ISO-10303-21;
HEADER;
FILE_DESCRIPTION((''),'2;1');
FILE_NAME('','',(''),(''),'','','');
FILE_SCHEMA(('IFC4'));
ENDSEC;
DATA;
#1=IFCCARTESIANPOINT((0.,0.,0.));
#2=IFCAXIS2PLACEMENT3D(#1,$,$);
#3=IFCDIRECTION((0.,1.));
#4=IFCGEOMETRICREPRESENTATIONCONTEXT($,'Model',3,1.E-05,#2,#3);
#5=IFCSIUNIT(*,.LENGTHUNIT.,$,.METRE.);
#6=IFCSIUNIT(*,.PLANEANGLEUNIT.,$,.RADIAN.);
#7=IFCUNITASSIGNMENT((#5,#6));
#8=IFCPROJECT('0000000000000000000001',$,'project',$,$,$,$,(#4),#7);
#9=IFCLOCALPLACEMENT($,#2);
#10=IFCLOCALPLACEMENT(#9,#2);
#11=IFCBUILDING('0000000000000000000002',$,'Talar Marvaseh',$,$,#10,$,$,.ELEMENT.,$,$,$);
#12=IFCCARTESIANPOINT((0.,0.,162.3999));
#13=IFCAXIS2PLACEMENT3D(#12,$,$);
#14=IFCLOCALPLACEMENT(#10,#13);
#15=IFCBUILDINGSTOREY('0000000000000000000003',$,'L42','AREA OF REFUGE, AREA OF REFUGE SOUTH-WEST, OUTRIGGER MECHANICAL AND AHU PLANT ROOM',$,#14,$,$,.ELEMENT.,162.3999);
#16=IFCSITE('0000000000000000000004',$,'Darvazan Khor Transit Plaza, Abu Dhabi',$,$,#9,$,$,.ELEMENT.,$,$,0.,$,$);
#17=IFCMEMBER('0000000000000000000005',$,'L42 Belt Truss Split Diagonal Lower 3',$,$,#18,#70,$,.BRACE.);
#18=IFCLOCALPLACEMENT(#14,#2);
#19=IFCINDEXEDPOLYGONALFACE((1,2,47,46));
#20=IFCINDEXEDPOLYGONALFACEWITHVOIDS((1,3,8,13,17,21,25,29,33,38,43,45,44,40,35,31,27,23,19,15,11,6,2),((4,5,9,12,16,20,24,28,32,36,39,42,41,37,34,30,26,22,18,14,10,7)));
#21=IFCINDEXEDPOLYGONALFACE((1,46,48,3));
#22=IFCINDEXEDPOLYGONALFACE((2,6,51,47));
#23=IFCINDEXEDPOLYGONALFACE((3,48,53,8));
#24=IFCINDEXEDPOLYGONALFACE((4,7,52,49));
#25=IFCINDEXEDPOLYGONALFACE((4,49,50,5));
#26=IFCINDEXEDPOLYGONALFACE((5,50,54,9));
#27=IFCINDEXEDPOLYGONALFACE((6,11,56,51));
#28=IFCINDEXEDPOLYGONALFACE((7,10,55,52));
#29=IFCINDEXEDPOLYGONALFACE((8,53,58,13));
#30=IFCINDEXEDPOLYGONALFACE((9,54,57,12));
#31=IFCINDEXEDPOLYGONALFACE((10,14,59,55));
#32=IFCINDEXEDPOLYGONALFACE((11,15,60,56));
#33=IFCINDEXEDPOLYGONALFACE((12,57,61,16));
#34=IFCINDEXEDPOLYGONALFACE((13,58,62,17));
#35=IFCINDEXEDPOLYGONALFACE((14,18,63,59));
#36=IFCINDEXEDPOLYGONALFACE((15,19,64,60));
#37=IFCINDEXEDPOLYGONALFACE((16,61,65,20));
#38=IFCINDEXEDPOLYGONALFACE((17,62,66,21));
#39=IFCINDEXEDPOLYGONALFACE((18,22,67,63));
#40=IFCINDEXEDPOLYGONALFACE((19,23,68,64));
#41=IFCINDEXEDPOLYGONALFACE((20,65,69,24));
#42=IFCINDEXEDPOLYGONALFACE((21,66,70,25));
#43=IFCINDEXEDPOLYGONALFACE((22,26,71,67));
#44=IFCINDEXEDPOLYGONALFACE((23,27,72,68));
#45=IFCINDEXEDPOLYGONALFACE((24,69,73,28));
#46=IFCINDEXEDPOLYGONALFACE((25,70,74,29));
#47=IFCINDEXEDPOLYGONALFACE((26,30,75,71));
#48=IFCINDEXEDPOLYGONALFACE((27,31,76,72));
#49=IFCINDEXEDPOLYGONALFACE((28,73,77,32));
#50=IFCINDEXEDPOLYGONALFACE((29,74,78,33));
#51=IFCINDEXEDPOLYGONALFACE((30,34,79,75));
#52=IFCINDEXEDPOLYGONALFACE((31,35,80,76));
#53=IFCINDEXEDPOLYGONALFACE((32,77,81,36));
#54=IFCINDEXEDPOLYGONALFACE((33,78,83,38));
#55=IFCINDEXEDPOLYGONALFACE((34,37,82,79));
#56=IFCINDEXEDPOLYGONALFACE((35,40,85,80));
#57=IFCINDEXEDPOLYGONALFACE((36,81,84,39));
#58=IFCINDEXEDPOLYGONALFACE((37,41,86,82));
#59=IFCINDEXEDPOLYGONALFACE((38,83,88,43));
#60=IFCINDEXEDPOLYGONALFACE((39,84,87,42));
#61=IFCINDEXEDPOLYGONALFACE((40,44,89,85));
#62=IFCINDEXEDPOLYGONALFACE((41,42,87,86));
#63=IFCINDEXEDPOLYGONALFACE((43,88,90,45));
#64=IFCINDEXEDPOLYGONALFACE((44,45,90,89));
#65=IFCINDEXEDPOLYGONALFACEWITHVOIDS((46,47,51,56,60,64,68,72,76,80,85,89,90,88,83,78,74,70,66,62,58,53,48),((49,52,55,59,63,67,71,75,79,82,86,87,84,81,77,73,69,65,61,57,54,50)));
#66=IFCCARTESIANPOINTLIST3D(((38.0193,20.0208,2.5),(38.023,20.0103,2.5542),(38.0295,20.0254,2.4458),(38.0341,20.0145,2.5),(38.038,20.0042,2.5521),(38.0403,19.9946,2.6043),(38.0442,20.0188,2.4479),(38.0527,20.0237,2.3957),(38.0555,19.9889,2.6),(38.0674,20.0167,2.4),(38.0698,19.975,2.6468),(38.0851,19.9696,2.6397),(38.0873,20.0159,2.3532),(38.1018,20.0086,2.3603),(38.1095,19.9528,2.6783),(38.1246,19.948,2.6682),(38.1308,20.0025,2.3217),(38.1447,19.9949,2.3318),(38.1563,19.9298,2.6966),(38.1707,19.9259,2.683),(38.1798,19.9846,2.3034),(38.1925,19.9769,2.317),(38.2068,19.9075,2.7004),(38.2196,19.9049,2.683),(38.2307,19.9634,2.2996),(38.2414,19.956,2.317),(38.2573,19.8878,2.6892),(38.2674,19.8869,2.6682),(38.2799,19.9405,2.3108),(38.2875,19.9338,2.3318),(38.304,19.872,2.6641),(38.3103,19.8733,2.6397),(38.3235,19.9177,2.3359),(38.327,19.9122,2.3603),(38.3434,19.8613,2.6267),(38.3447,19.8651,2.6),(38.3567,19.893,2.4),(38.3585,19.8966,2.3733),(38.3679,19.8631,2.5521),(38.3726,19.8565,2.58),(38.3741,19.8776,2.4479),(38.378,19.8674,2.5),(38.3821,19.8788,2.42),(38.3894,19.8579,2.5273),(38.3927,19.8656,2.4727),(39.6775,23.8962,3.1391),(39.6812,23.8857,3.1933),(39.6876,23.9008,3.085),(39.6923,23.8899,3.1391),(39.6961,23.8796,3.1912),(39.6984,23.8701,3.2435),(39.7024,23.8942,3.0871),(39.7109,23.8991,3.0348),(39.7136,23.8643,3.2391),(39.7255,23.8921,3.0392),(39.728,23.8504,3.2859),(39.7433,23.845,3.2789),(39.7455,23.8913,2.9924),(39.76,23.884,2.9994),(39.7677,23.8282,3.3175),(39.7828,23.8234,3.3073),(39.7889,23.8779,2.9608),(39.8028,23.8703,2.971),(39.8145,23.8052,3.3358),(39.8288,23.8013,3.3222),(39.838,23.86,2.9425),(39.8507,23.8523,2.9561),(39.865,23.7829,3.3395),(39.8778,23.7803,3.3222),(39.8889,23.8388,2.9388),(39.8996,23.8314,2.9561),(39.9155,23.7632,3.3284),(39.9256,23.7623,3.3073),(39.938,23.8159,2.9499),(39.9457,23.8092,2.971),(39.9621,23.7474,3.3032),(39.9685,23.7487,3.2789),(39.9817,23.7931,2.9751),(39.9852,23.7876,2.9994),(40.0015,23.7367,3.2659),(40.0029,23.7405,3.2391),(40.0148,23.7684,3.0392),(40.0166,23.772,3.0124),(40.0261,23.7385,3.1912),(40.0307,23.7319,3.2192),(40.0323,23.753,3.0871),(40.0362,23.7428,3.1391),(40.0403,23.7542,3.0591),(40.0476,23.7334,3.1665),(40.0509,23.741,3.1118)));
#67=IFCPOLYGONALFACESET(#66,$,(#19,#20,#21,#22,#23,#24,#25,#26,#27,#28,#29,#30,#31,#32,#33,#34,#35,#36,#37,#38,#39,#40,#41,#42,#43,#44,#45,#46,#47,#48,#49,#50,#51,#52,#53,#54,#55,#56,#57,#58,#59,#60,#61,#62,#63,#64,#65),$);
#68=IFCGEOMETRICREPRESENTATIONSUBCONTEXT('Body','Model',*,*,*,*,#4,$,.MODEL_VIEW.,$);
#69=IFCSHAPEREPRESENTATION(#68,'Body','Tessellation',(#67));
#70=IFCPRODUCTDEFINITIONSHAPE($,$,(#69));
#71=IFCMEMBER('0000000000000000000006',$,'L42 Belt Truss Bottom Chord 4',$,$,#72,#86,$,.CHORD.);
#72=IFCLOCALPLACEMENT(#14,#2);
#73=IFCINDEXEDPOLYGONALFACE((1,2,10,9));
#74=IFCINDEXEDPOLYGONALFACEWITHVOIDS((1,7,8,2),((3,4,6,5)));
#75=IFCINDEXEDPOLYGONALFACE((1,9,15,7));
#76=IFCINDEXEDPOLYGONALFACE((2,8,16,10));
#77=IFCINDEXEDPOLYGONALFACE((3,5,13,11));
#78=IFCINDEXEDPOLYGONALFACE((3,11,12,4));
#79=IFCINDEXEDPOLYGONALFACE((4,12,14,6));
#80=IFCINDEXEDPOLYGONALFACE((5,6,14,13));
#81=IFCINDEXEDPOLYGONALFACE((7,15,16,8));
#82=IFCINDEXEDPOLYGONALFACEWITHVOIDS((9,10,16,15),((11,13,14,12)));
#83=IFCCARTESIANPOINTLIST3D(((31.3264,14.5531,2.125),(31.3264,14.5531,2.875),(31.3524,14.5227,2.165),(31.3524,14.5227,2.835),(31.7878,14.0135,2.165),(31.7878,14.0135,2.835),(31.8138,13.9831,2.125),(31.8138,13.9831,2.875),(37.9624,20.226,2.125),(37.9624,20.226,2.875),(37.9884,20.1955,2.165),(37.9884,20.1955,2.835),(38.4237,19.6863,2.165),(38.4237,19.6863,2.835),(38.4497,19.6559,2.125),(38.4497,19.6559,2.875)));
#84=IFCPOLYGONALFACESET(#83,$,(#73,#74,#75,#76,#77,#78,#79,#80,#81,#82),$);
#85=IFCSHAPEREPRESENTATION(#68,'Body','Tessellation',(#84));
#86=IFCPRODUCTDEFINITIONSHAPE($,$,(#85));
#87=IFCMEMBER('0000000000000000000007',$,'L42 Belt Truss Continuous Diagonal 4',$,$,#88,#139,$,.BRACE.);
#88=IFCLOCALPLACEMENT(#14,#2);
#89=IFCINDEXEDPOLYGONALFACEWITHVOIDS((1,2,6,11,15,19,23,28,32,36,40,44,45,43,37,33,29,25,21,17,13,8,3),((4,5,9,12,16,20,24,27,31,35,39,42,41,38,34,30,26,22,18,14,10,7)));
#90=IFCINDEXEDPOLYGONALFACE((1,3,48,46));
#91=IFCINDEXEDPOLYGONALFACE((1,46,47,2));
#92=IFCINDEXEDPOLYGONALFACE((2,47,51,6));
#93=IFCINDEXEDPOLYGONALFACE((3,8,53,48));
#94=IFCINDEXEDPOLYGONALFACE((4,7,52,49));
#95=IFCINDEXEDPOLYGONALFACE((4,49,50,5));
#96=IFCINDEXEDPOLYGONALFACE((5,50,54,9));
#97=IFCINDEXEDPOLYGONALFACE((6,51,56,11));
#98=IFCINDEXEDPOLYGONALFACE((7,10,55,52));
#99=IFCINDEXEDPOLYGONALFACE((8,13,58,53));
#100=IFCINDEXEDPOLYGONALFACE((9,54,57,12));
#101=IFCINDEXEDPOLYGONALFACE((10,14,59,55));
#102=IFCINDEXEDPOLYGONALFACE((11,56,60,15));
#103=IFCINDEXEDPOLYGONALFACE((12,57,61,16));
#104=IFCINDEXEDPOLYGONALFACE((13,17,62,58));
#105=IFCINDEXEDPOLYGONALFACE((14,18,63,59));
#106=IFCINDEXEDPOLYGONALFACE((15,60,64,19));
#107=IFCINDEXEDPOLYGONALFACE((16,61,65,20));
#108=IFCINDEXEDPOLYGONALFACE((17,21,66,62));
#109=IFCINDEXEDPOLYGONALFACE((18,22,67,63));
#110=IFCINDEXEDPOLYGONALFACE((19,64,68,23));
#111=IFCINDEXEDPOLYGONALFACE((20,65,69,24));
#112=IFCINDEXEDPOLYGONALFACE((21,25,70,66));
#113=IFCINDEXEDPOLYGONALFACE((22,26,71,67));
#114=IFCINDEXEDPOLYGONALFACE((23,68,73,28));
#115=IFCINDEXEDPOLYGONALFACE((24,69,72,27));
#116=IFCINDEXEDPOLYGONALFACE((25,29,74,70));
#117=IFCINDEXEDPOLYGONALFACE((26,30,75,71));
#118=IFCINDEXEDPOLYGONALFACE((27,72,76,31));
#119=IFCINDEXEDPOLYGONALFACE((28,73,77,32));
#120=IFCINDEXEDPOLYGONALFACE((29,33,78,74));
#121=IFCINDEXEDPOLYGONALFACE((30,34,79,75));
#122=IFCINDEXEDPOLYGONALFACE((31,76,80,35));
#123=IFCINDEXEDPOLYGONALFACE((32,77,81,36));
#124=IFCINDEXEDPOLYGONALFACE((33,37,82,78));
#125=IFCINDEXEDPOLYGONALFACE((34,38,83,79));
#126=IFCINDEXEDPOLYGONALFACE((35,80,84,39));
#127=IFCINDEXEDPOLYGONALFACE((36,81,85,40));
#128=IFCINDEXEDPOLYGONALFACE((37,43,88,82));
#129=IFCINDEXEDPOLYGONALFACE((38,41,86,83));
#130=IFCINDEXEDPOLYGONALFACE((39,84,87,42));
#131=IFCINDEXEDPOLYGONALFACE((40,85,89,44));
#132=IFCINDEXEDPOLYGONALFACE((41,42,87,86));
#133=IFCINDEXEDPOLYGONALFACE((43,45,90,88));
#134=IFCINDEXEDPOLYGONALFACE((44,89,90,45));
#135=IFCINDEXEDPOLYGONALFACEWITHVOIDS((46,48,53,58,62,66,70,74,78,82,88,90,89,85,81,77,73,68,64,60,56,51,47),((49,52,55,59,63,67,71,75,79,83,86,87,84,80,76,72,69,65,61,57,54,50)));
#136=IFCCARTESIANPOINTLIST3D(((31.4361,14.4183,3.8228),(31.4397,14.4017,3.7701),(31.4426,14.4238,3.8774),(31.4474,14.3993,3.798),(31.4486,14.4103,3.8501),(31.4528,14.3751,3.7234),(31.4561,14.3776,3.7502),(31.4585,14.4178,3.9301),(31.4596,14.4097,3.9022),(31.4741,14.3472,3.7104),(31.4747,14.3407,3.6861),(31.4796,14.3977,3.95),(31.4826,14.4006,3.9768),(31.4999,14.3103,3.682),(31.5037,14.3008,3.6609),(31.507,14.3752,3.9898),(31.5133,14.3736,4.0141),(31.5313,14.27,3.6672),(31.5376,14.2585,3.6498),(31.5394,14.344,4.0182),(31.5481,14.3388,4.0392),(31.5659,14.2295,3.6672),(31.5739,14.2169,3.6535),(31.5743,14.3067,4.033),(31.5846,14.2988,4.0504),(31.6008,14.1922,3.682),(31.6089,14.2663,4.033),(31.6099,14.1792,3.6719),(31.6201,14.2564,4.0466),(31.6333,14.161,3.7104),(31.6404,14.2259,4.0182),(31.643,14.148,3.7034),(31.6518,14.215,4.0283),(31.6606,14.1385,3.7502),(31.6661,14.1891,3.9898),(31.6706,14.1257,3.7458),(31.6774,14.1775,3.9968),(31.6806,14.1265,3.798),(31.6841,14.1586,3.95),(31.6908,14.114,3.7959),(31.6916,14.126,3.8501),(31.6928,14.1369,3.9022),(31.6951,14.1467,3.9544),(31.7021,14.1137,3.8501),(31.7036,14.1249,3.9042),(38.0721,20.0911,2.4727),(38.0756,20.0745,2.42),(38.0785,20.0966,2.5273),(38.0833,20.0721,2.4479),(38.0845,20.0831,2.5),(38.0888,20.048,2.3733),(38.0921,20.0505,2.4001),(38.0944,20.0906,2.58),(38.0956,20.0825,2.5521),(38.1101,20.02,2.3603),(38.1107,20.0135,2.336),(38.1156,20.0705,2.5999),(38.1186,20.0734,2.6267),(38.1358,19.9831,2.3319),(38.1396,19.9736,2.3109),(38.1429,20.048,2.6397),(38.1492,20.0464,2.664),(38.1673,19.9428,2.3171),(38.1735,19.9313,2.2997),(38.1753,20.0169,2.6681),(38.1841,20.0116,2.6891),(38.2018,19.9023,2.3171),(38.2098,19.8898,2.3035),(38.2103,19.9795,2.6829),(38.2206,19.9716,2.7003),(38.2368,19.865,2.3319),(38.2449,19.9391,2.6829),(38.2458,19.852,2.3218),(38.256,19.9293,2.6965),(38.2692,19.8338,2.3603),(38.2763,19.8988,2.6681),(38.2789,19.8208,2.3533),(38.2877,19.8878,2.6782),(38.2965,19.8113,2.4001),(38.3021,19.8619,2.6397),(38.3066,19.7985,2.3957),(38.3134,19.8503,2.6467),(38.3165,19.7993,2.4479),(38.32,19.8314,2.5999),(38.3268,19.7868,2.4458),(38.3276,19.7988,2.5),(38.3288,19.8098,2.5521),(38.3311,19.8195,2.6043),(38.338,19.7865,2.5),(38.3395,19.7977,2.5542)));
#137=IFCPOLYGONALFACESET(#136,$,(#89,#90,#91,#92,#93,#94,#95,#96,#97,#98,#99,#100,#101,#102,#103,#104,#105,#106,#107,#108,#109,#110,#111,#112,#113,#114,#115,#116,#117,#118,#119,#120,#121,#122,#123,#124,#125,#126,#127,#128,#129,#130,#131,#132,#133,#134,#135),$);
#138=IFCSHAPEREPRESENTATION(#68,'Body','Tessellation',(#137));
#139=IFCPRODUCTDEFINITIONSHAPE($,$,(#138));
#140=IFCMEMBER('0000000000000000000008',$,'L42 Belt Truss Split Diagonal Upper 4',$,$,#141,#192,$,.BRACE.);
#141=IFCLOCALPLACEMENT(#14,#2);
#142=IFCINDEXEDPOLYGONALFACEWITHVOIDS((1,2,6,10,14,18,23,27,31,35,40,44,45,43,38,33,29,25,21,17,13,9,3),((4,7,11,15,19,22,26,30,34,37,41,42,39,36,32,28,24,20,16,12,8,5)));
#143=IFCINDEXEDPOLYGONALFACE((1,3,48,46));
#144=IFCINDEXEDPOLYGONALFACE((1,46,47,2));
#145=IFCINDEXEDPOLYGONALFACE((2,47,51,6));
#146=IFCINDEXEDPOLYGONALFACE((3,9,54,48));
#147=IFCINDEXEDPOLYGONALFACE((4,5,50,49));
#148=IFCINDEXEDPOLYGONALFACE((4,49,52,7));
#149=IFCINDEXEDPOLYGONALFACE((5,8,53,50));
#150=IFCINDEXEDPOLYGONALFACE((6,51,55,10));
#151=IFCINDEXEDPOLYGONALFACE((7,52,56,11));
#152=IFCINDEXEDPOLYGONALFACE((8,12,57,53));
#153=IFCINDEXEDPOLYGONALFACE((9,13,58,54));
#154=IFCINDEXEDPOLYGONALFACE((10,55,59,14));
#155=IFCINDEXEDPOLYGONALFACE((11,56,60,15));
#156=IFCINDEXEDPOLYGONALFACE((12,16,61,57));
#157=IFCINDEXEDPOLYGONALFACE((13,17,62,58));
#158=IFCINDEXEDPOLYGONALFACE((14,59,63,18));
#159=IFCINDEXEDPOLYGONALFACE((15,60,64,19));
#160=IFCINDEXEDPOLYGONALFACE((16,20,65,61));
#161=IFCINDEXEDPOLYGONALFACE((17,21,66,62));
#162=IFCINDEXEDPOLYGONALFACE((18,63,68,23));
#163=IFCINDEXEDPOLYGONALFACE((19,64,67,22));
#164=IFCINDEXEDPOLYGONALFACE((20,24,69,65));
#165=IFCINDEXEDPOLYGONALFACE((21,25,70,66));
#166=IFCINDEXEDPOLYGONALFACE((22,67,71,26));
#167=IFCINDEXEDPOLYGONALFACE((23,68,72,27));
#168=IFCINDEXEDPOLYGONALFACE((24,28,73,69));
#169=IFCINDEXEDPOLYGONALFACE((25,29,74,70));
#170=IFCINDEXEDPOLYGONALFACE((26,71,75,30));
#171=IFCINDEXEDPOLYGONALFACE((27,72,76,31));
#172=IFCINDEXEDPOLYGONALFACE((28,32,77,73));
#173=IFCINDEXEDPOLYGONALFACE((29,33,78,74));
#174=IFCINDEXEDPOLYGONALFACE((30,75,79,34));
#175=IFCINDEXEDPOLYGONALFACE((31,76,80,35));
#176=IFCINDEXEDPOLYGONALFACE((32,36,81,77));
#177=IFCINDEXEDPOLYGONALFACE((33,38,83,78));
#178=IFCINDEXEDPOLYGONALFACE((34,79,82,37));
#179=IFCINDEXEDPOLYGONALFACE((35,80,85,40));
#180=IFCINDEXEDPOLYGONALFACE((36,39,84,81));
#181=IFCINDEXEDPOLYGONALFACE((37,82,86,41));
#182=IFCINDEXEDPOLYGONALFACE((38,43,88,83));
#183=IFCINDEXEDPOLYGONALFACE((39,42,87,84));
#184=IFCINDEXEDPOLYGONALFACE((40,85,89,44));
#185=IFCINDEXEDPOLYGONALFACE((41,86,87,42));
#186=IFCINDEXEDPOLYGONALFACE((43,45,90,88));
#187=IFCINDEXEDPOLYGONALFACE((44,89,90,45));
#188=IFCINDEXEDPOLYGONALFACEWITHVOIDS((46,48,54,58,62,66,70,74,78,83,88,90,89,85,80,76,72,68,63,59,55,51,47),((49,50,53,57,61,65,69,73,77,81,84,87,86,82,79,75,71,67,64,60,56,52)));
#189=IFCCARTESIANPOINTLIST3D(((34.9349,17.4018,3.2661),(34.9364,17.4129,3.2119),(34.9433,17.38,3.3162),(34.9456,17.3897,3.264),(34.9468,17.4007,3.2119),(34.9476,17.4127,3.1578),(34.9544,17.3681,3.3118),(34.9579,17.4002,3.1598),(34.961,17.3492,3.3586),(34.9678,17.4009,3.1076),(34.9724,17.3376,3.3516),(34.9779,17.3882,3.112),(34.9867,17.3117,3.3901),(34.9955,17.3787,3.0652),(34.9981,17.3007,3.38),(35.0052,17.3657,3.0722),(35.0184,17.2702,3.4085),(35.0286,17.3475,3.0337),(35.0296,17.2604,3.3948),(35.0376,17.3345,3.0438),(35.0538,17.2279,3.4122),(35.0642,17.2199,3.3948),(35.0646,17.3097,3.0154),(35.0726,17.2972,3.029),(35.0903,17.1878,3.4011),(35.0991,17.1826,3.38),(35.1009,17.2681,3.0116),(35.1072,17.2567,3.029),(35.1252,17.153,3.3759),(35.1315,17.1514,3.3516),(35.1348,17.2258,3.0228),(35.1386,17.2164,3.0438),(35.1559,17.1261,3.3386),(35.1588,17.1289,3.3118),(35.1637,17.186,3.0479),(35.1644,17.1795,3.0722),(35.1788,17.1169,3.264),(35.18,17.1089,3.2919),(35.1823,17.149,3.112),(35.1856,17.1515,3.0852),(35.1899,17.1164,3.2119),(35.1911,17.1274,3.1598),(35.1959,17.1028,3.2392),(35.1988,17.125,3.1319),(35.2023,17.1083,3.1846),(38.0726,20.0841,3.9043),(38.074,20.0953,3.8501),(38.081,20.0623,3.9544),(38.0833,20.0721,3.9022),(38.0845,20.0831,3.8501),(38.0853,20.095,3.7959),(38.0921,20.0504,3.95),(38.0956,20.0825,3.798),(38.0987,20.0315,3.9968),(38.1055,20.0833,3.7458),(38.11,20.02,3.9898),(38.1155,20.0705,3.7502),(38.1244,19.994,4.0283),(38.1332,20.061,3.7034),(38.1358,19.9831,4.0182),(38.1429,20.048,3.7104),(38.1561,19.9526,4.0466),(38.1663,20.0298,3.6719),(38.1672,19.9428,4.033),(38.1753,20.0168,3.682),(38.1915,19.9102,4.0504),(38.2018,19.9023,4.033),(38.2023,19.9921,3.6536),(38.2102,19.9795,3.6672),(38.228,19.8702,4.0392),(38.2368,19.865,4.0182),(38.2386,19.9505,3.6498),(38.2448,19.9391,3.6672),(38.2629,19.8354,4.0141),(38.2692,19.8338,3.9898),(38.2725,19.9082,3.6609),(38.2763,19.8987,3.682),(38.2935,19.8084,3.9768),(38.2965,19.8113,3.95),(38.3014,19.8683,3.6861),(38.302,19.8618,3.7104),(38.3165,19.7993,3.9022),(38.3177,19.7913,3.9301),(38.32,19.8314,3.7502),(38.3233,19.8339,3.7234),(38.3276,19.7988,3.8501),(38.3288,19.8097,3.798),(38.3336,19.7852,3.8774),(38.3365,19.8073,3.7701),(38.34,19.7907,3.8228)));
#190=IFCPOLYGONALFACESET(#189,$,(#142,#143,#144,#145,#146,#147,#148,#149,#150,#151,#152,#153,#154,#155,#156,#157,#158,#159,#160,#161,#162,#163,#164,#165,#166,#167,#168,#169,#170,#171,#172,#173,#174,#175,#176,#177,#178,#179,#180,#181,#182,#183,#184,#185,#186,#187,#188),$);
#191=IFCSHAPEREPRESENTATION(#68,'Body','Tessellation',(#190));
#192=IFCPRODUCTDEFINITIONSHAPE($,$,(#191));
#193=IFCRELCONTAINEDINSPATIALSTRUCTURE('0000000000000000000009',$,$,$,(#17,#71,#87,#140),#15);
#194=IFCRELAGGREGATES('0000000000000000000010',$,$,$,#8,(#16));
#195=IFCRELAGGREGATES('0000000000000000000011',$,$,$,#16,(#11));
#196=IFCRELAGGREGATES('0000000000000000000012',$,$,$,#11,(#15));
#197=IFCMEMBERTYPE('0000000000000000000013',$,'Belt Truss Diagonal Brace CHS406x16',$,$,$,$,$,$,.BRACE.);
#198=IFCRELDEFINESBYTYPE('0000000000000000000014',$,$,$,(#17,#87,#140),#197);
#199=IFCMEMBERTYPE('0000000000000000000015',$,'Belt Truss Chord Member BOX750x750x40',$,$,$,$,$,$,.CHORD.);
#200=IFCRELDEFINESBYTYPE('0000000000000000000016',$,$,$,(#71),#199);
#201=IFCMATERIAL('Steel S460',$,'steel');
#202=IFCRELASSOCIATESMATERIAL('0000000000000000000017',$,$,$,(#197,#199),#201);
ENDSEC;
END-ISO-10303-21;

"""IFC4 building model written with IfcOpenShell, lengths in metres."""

from ifc_helpers import new_model, si_unit, direction, frame, origin, origin_2d, place, context, subcontext, project, spatial, hollow_rectangle, hollow_circle, extrude, source, transform, mapped, material, material_profile, profile_set, type_object, type_shapes, element, save


model = new_model("IFC4")

# Units and contexts
model_context = context("Model", 3, precision=1e-05, world=origin(), true_north=direction((0.0, 1.0)))
body_context = subcontext(model_context, "Body", "Model", "MODEL_VIEW")
ifc_project = project(units=[si_unit("LENGTHUNIT", "METRE"), si_unit("PLANEANGLEUNIT", "RADIAN")], contexts=[model_context])

# Site, building, storey
site_placement = place(None, origin())
site = spatial("IfcSite", under=ifc_project, at=site_placement, Name="Darvazan Khor Transit Plaza, Abu Dhabi", CompositionType="ELEMENT", RefElevation=0.0)
building_placement = place(site_placement, origin())
building = spatial("IfcBuilding", under=site, at=building_placement, Name="Talar Marvaseh", CompositionType="ELEMENT")
storey_placement = place(building_placement, frame((0.0, 0.0, 162.3999)))
storey = spatial("IfcBuildingStorey", under=building, at=storey_placement, Name="L42", Description="AREA OF REFUGE, AREA OF REFUGE SOUTH-WEST, OUTRIGGER MECHANICAL AND AHU PLANT ROOM", CompositionType="ELEMENT", Elevation=162.3999)

# Shared definitions
ifc_material_1 = material(Name="Steel S460", Category="steel")

# Members
ifc_material_profile_1 = material_profile(ifc_material_1, hollow_circle(Radius=0.2031, WallThickness=0.0161, at=origin_2d()), Name="CHS406x16")
ifc_profile_set_1 = profile_set([ifc_material_profile_1], Name="Steel S460")
member_type_1 = type_object("IfcMemberType", Name="Belt Truss Diagonal Brace CHS406x16", PredefinedType="BRACE", material=ifc_profile_set_1)
shared_shape_1 = source(origin(), body_context, "Body", "SweptSolid", [
    extrude(hollow_circle(Radius=0.2031, WallThickness=0.0161, at=origin_2d()), origin(), (0.0, 0.0, 1.0), 4.2634),
])
member_1_placement = place(storey_placement, frame((38.2061, 19.9409, 2.5), z_axis=(0.388929, 0.908989, 0.149914), x_axis=(-0.919379, 0.393374, 0.0)))
element("IfcMember", 1, at=member_1_placement, inside=storey, type_object=member_type_1, Name="L42 Belt Truss Split Diagonal Lower 3", PredefinedType="BRACE", context=body_context, shape_type="MappedRepresentation", body=[
    mapped(shared_shape_1, transform((0.0, 0.0, 0.0), x_axis=(1.0, 0.0, 0.0), y_axis=(0.0, 1.0, 0.0), z_axis=(0.0, 0.0, 1.0), scale=1.0)),
])
ifc_material_profile_2 = material_profile(ifc_material_1, hollow_rectangle(XDim=0.75, YDim=0.75, WallThickness=0.04, at=origin_2d()), Name="BOX750x750x40")
ifc_profile_set_2 = profile_set([ifc_material_profile_2], Name="Steel S460")
member_type_2 = type_object("IfcMemberType", Name="Belt Truss Chord Member BOX750x750x40", PredefinedType="CHORD", material=ifc_profile_set_2)
shared_shape_2 = source(origin(), body_context, "Body", "SweptSolid", [
    extrude(hollow_rectangle(XDim=0.75, YDim=0.75, WallThickness=0.04, at=origin_2d()), origin(), (0.0, 0.0, 1.0), 8.7302),
])
type_shapes(member_type_2, [shared_shape_2])
member_2_placement = place(storey_placement, frame((38.2061, 19.9409, 2.5), z_axis=(-0.760113, -0.649791, 0.0), x_axis=(0.649791, -0.760113, 0.0)))
element("IfcMember", 2, at=member_2_placement, inside=storey, type_object=member_type_2, Name="L42 Belt Truss Bottom Chord 4", PredefinedType="CHORD", context=body_context, shape_type="MappedRepresentation", body=[
    mapped(shared_shape_2, transform((0.0, 0.0, 0.0), x_axis=(1.0, 0.0, 0.0), y_axis=(0.0, 1.0, 0.0), z_axis=(0.0, 0.0, 1.0), scale=1.0)),
])
shared_shape_3 = source(origin(), body_context, "Body", "SweptSolid", [
    extrude(hollow_circle(Radius=0.2031, WallThickness=0.0161, at=origin_2d()), origin(), (0.0, 0.0, 1.0), 8.834),
])
member_3_placement = place(storey_placement, frame((38.2061, 19.9409, 2.5), z_axis=(-0.751183, -0.642158, 0.152829), x_axis=(0.649791, -0.760113, 0.0)))
element("IfcMember", 3, at=member_3_placement, inside=storey, type_object=member_type_1, Name="L42 Belt Truss Continuous Diagonal 4", PredefinedType="BRACE", context=body_context, shape_type="MappedRepresentation", body=[
    mapped(shared_shape_3, transform((0.0, 0.0, 0.0), x_axis=(1.0, 0.0, 0.0), y_axis=(0.0, 1.0, 0.0), z_axis=(0.0, 0.0, 1.0), scale=1.0)),
])
shared_shape_4 = source(origin(), body_context, "Body", "SweptSolid", [
    extrude(hollow_circle(Radius=0.2031, WallThickness=0.0161, at=origin_2d()), origin(), (0.0, 0.0, 1.0), 4.177),
])
type_shapes(member_type_1, [shared_shape_1, shared_shape_3, shared_shape_4])
member_4_placement = place(storey_placement, frame((35.0684, 17.2585, 3.2119), z_axis=(0.751179, 0.642173, 0.152784), x_axis=(-0.649802, 0.760103, 0.0)))
element("IfcMember", 4, at=member_4_placement, inside=storey, type_object=member_type_1, Name="L42 Belt Truss Split Diagonal Upper 4", PredefinedType="BRACE", context=body_context, shape_type="MappedRepresentation", body=[
    mapped(shared_shape_4, transform((0.0, 0.0, 0.0), x_axis=(1.0, 0.0, 0.0), y_axis=(0.0, 1.0, 0.0), z_axis=(0.0, 0.0, 1.0), scale=1.0)),
])

save(model, "model.ifc")
